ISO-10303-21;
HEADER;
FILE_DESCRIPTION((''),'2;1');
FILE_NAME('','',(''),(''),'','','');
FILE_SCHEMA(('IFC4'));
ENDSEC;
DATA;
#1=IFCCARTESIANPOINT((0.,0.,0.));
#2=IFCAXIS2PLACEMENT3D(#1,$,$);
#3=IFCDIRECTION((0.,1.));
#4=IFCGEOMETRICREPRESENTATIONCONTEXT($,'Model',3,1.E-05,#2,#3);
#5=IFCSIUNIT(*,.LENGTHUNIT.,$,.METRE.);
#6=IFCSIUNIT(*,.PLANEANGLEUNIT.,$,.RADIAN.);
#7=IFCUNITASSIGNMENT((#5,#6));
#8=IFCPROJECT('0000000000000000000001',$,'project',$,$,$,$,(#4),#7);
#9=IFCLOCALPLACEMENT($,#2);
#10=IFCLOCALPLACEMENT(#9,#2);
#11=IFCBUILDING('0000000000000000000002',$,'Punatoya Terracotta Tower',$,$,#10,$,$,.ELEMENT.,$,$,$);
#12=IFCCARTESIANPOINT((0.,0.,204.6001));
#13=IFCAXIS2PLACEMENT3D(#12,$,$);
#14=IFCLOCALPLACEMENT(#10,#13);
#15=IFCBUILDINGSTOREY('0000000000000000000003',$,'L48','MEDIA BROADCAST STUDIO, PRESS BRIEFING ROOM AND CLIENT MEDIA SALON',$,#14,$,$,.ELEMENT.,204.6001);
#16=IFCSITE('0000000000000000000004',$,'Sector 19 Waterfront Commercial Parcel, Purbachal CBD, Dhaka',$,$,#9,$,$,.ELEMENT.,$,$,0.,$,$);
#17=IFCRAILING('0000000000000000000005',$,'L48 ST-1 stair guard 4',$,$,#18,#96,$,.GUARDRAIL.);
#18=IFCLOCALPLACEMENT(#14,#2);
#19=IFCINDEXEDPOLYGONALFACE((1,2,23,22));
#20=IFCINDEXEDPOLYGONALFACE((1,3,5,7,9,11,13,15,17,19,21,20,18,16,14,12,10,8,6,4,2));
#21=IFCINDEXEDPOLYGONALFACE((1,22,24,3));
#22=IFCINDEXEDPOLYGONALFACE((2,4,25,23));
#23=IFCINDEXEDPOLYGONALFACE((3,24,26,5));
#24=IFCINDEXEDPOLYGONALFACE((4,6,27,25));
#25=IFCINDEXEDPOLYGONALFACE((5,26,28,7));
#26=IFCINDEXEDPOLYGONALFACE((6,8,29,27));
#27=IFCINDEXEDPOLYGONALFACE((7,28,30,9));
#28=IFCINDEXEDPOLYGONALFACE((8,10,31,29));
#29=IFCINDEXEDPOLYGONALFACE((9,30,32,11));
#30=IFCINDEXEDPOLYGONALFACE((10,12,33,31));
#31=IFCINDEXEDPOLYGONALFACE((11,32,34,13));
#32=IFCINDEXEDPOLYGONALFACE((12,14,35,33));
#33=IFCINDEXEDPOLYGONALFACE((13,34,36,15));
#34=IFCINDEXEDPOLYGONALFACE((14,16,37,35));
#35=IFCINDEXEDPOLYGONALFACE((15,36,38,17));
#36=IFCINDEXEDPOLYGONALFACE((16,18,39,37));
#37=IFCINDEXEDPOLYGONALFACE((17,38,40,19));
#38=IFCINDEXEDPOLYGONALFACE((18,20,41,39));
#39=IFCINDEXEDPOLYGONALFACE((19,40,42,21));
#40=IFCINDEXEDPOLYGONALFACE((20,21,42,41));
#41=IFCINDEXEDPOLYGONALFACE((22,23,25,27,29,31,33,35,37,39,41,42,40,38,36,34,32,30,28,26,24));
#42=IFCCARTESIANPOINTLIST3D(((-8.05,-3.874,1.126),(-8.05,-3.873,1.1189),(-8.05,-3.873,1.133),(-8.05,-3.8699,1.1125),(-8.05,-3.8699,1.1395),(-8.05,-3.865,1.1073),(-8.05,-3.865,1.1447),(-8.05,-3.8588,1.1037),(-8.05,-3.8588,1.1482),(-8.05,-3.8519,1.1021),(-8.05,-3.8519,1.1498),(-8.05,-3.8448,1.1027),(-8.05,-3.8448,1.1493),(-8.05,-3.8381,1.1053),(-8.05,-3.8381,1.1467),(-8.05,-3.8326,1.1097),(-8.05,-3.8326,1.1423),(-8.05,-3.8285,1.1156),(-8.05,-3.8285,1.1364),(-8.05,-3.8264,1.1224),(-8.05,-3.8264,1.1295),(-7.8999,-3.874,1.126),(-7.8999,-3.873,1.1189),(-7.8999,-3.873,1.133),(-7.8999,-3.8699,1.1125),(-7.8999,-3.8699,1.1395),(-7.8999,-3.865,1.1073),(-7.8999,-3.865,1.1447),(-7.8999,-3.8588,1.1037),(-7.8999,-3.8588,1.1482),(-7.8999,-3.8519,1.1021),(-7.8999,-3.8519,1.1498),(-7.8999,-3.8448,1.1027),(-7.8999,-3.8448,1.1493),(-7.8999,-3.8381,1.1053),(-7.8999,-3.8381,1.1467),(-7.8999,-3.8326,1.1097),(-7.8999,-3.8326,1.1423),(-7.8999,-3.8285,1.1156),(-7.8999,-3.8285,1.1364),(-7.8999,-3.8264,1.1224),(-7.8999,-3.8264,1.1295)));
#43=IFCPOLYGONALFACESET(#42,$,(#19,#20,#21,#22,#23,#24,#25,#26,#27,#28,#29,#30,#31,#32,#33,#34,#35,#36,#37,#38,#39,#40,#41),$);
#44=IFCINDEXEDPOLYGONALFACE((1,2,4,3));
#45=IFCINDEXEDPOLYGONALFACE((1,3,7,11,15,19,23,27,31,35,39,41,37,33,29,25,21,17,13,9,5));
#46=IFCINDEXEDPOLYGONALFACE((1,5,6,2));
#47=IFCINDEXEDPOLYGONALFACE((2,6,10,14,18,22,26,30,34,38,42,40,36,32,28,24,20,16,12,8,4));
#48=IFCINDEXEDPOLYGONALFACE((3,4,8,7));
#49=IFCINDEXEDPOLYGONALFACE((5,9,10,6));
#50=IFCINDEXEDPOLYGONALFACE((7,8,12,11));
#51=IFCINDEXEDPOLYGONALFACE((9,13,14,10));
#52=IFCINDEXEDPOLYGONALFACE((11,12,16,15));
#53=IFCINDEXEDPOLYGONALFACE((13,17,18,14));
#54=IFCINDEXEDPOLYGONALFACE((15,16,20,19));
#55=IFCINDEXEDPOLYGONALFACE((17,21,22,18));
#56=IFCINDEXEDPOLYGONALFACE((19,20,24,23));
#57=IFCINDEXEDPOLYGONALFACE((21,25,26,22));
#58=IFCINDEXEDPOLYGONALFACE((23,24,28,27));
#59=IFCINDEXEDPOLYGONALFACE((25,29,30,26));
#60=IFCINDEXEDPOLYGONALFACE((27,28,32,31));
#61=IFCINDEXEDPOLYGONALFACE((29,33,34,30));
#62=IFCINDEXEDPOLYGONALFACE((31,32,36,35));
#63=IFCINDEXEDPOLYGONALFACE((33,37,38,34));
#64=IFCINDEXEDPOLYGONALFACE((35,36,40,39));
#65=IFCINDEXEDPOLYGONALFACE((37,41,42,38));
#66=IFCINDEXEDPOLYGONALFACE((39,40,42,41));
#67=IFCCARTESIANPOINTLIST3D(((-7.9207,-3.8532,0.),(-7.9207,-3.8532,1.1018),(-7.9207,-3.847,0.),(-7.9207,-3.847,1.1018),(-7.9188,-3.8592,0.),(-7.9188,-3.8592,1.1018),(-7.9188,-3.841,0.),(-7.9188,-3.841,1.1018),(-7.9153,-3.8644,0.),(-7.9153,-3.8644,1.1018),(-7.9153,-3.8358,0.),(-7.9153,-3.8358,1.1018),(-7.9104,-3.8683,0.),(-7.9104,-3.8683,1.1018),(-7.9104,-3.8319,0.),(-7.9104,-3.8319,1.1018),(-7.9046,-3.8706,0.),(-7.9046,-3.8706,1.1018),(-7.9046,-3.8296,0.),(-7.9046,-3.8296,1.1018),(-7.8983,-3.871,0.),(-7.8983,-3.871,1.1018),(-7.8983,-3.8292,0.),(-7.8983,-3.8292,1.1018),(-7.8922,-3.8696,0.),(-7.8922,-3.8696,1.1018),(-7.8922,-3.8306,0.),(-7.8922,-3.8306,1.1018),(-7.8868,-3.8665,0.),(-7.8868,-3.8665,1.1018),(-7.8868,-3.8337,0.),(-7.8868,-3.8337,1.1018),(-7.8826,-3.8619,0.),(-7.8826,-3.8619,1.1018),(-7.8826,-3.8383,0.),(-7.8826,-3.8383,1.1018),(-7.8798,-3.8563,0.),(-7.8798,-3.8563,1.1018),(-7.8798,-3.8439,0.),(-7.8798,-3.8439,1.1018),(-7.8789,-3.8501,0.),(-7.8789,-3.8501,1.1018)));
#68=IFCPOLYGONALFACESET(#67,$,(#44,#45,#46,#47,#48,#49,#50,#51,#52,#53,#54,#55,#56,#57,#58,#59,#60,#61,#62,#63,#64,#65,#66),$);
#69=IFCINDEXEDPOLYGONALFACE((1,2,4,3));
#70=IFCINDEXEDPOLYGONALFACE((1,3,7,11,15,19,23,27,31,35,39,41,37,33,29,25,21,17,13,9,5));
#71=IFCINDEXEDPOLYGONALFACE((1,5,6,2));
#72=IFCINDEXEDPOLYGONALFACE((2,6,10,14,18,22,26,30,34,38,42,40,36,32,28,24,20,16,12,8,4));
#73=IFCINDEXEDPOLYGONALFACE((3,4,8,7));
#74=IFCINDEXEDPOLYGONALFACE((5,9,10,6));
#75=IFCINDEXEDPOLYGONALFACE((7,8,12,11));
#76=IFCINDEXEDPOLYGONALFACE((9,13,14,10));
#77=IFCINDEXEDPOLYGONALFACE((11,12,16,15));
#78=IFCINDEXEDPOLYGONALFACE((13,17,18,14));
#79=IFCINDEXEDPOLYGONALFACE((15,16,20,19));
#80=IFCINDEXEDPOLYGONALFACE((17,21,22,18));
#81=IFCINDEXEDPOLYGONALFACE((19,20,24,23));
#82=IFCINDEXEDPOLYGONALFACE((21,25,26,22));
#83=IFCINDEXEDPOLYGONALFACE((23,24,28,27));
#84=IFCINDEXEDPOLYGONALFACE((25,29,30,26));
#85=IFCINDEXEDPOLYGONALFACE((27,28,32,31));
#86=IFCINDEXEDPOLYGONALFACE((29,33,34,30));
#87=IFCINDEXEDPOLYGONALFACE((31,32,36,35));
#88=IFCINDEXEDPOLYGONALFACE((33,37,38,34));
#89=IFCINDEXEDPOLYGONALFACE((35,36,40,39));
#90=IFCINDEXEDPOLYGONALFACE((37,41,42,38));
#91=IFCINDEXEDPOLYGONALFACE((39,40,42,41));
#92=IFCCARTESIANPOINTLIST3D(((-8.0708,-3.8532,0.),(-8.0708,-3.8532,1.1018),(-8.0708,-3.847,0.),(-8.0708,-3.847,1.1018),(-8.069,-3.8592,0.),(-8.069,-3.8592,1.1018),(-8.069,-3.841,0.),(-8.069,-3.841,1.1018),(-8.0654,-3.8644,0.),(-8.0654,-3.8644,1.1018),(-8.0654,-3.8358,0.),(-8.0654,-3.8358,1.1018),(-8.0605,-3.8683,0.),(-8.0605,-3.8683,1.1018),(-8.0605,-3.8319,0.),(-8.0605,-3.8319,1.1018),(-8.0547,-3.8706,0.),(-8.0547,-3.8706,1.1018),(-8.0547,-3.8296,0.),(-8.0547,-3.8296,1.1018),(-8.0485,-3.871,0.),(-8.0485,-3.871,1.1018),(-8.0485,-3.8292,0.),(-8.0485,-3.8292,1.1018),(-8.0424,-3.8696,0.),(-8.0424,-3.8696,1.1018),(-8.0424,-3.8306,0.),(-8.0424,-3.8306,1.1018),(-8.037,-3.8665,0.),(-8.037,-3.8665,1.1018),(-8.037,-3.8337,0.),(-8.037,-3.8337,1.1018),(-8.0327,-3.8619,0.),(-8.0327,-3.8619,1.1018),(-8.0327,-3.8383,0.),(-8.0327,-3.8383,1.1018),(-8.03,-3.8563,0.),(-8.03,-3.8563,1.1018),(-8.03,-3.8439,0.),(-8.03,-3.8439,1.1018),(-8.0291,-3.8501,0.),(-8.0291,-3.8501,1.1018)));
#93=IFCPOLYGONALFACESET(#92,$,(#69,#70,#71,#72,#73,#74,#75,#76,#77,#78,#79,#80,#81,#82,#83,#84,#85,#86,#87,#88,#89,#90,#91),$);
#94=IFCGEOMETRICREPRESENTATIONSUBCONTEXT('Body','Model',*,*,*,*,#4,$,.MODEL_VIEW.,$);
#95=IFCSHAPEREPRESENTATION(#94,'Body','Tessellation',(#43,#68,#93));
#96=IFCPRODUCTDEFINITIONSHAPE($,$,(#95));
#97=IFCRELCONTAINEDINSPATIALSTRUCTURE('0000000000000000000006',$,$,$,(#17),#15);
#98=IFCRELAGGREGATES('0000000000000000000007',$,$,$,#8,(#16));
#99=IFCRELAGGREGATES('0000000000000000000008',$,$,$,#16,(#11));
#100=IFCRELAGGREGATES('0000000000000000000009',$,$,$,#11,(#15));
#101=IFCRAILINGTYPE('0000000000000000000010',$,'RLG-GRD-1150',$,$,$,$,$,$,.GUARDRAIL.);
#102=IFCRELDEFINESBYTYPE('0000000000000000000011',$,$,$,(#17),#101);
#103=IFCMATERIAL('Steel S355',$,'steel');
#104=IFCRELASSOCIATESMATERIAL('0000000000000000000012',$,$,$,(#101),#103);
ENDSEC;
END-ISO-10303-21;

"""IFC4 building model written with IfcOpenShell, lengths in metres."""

from ifc_helpers import new_model, si_unit, direction, frame, origin, origin_2d, place, context, subcontext, project, spatial, circle, extrude, material, type_object, element, save


model = new_model("IFC4")

# Units and contexts
model_context = context("Model", 3, precision=1e-05, world=origin(), true_north=direction((0.0, 1.0)))
body_context = subcontext(model_context, "Body", "Model", "MODEL_VIEW")
ifc_project = project(units=[si_unit("LENGTHUNIT", "METRE"), si_unit("PLANEANGLEUNIT", "RADIAN")], contexts=[model_context])

# Site, building, storey
site_placement = place(None, origin())
site = spatial("IfcSite", under=ifc_project, at=site_placement, Name="Sector 19 Waterfront Commercial Parcel, Purbachal CBD, Dhaka", CompositionType="ELEMENT", RefElevation=0.0)
building_placement = place(site_placement, origin())
building = spatial("IfcBuilding", under=site, at=building_placement, Name="Punatoya Terracotta Tower", CompositionType="ELEMENT")
storey_placement = place(building_placement, frame((0.0, 0.0, 204.6001)))
storey = spatial("IfcBuildingStorey", under=building, at=storey_placement, Name="L48", Description="MEDIA BROADCAST STUDIO, PRESS BRIEFING ROOM AND CLIENT MEDIA SALON", CompositionType="ELEMENT", Elevation=204.6001)

# Shared definitions
ifc_material_1 = material(Name="Steel S355", Category="steel")

# Railing
railing_type_1 = type_object("IfcRailingType", Name="RLG-GRD-1150", PredefinedType="GUARDRAIL", material=ifc_material_1)
railing_1_placement = place(storey_placement, frame((-7.8999, -3.8501, 0.0)))
element("IfcRailing", 1, at=railing_1_placement, inside=storey, type_object=railing_type_1, Name="L48 ST-1 stair guard 4", PredefinedType="GUARDRAIL", context=body_context, shape_type="SweptSolid", body=[
    extrude(circle(Radius=0.0239, at=origin_2d()), frame((0.0, 0.0, 1.126), z_axis=(-1.0, 0.0, 0.0), x_axis=(0.0, -1.0, 0.0)), (0.0, 0.0, 1.0), 0.1501),
    extrude(circle(Radius=0.021, at=origin_2d()), origin(), (0.0, 0.0, 1.0), 1.1018),
    extrude(circle(Radius=0.021, at=origin_2d()), frame((-0.1501, 0.0, 0.0)), (0.0, 0.0, 1.0), 1.1018),
])

save(model, "model.ifc")
